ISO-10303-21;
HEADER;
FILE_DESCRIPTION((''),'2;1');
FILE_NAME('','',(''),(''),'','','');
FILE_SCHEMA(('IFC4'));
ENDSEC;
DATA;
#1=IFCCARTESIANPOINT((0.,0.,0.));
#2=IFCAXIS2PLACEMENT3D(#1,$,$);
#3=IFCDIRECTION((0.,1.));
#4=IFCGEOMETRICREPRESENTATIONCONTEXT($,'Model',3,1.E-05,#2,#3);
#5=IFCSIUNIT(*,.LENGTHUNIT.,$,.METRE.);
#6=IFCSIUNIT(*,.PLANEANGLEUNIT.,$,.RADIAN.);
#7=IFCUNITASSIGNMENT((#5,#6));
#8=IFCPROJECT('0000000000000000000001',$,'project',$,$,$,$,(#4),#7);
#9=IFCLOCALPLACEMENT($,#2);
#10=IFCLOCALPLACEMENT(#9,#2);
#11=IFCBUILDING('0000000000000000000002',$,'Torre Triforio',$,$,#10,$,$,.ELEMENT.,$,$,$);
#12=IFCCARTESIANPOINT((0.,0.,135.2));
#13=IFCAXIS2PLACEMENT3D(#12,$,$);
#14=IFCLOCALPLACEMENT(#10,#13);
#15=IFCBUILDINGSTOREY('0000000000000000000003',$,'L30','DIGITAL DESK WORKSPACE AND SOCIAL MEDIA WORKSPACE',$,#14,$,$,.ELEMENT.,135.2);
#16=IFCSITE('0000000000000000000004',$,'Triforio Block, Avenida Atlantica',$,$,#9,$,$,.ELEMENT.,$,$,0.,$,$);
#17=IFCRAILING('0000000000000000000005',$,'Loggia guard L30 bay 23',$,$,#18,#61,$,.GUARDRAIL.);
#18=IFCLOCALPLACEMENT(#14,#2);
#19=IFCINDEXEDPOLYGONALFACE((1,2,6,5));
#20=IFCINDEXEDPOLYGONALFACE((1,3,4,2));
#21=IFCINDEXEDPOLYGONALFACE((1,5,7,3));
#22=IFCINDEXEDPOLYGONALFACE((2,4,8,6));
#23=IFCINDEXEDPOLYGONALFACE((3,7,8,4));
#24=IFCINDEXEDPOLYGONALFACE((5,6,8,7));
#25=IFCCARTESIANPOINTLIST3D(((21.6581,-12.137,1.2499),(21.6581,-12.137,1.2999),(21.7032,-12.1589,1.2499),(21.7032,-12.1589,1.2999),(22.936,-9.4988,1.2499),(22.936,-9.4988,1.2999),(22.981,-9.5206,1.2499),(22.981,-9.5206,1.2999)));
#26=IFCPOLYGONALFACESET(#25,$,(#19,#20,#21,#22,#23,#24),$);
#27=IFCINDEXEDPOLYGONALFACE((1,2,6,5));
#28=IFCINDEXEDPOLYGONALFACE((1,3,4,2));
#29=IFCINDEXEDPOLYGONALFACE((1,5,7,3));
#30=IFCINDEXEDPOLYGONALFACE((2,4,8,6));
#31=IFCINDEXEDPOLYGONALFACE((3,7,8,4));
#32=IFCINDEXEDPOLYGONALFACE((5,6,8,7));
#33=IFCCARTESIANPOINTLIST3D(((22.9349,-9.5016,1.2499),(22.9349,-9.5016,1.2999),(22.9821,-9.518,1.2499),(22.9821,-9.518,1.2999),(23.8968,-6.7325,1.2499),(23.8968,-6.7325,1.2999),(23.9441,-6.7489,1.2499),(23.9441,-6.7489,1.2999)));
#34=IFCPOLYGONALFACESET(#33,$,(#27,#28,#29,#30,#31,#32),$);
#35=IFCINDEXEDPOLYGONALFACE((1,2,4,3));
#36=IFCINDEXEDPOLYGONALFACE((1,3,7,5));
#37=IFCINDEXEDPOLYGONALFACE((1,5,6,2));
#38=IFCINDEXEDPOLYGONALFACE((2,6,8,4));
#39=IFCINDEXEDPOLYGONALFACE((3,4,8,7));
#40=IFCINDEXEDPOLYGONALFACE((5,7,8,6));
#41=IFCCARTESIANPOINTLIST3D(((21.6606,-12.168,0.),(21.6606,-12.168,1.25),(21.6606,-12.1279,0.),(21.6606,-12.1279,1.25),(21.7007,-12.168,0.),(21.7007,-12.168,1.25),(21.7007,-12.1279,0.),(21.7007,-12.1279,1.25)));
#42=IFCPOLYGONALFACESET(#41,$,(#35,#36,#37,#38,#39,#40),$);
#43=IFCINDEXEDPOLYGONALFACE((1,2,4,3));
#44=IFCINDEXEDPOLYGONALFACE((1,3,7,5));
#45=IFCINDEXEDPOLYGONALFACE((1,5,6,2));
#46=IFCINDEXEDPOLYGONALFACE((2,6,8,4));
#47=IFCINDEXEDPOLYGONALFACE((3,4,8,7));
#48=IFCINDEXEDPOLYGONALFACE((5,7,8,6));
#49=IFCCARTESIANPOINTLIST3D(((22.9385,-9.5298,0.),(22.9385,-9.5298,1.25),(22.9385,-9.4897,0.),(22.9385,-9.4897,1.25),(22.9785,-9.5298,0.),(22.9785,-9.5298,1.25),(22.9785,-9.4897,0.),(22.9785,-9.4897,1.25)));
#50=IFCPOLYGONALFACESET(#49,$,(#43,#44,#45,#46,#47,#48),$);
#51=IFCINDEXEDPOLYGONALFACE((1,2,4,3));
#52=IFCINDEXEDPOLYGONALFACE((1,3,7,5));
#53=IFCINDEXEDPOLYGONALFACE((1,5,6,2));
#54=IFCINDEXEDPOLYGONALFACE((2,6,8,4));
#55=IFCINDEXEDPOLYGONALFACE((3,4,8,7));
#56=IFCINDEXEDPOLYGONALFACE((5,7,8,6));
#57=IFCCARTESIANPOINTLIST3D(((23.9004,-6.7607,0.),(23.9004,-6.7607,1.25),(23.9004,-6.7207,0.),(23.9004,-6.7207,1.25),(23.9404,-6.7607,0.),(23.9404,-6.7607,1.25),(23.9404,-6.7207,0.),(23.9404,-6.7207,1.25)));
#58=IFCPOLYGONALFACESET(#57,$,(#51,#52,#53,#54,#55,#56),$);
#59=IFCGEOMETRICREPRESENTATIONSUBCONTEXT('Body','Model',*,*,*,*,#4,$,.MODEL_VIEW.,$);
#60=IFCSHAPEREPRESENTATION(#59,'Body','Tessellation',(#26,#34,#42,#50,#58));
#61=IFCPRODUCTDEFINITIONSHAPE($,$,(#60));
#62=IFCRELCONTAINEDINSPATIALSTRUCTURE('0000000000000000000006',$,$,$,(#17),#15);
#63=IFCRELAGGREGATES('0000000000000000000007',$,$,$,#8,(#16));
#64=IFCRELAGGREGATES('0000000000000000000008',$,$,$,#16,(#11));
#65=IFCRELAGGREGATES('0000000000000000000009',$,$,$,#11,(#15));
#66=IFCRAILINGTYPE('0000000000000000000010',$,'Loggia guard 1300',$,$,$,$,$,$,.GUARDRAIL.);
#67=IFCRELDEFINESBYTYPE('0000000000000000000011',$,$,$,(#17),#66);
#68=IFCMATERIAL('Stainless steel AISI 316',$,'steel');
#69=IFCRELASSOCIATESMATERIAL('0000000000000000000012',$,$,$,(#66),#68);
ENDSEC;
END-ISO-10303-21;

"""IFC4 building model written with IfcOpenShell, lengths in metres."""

from ifc_helpers import new_model, si_unit, direction, frame, origin, origin_2d, place, context, subcontext, project, spatial, rectangle, extrude, material, type_object, element, save


model = new_model("IFC4")

# Units and contexts
model_context = context("Model", 3, precision=1e-05, world=origin(), true_north=direction((0.0, 1.0)))
body_context = subcontext(model_context, "Body", "Model", "MODEL_VIEW")
ifc_project = project(units=[si_unit("LENGTHUNIT", "METRE"), si_unit("PLANEANGLEUNIT", "RADIAN")], contexts=[model_context])

# Site, building, storey
site_placement = place(None, origin())
site = spatial("IfcSite", under=ifc_project, at=site_placement, Name="Triforio Block, Avenida Atlantica", CompositionType="ELEMENT", RefElevation=0.0)
building_placement = place(site_placement, origin())
building = spatial("IfcBuilding", under=site, at=building_placement, Name="Torre Triforio", CompositionType="ELEMENT")
storey_placement = place(building_placement, frame((0.0, 0.0, 135.2)))
storey = spatial("IfcBuildingStorey", under=building, at=storey_placement, Name="L30", Description="DIGITAL DESK WORKSPACE AND SOCIAL MEDIA WORKSPACE", CompositionType="ELEMENT", Elevation=135.2)

# Railing
ifc_material_1 = material(Name="Stainless steel AISI 316", Category="steel")
railing_type = type_object("IfcRailingType", Name="Loggia guard 1300", PredefinedType="GUARDRAIL", material=ifc_material_1)
railing_1_placement = place(storey_placement, frame((21.6807, -12.1479, 0.0)))
element("IfcRailing", 1, at=railing_1_placement, inside=storey, type_object=railing_type, Name="Loggia guard L30 bay 23", PredefinedType="GUARDRAIL", context=body_context, shape_type="SweptSolid", body=[
    extrude(rectangle(XDim=0.05, YDim=0.05, at=origin_2d()), frame((0.0, 0.0, 1.2749), z_axis=(0.435918, 0.899986, 0.0), x_axis=(-0.899986, 0.435918, 0.0)), (0.0, 0.0, 1.0), 2.9314),
    extrude(rectangle(XDim=0.05, YDim=0.05, at=origin_2d()), frame((1.2778, 2.6382, 1.2749), z_axis=(0.328146, 0.944627, 0.0), x_axis=(-0.944627, 0.328146, 0.0)), (0.0, 0.0, 1.0), 2.9314),
    extrude(rectangle(XDim=0.04, YDim=0.04, at=origin_2d()), origin(), (0.0, 0.0, 1.0), 1.25),
    extrude(rectangle(XDim=0.04, YDim=0.04, at=origin_2d()), frame((1.2778, 2.6382, 0.0)), (0.0, 0.0, 1.0), 1.25),
    extrude(rectangle(XDim=0.04, YDim=0.04, at=origin_2d()), frame((2.2397, 5.4072, 0.0)), (0.0, 0.0, 1.0), 1.25),
])

save(model, "model.ifc")
